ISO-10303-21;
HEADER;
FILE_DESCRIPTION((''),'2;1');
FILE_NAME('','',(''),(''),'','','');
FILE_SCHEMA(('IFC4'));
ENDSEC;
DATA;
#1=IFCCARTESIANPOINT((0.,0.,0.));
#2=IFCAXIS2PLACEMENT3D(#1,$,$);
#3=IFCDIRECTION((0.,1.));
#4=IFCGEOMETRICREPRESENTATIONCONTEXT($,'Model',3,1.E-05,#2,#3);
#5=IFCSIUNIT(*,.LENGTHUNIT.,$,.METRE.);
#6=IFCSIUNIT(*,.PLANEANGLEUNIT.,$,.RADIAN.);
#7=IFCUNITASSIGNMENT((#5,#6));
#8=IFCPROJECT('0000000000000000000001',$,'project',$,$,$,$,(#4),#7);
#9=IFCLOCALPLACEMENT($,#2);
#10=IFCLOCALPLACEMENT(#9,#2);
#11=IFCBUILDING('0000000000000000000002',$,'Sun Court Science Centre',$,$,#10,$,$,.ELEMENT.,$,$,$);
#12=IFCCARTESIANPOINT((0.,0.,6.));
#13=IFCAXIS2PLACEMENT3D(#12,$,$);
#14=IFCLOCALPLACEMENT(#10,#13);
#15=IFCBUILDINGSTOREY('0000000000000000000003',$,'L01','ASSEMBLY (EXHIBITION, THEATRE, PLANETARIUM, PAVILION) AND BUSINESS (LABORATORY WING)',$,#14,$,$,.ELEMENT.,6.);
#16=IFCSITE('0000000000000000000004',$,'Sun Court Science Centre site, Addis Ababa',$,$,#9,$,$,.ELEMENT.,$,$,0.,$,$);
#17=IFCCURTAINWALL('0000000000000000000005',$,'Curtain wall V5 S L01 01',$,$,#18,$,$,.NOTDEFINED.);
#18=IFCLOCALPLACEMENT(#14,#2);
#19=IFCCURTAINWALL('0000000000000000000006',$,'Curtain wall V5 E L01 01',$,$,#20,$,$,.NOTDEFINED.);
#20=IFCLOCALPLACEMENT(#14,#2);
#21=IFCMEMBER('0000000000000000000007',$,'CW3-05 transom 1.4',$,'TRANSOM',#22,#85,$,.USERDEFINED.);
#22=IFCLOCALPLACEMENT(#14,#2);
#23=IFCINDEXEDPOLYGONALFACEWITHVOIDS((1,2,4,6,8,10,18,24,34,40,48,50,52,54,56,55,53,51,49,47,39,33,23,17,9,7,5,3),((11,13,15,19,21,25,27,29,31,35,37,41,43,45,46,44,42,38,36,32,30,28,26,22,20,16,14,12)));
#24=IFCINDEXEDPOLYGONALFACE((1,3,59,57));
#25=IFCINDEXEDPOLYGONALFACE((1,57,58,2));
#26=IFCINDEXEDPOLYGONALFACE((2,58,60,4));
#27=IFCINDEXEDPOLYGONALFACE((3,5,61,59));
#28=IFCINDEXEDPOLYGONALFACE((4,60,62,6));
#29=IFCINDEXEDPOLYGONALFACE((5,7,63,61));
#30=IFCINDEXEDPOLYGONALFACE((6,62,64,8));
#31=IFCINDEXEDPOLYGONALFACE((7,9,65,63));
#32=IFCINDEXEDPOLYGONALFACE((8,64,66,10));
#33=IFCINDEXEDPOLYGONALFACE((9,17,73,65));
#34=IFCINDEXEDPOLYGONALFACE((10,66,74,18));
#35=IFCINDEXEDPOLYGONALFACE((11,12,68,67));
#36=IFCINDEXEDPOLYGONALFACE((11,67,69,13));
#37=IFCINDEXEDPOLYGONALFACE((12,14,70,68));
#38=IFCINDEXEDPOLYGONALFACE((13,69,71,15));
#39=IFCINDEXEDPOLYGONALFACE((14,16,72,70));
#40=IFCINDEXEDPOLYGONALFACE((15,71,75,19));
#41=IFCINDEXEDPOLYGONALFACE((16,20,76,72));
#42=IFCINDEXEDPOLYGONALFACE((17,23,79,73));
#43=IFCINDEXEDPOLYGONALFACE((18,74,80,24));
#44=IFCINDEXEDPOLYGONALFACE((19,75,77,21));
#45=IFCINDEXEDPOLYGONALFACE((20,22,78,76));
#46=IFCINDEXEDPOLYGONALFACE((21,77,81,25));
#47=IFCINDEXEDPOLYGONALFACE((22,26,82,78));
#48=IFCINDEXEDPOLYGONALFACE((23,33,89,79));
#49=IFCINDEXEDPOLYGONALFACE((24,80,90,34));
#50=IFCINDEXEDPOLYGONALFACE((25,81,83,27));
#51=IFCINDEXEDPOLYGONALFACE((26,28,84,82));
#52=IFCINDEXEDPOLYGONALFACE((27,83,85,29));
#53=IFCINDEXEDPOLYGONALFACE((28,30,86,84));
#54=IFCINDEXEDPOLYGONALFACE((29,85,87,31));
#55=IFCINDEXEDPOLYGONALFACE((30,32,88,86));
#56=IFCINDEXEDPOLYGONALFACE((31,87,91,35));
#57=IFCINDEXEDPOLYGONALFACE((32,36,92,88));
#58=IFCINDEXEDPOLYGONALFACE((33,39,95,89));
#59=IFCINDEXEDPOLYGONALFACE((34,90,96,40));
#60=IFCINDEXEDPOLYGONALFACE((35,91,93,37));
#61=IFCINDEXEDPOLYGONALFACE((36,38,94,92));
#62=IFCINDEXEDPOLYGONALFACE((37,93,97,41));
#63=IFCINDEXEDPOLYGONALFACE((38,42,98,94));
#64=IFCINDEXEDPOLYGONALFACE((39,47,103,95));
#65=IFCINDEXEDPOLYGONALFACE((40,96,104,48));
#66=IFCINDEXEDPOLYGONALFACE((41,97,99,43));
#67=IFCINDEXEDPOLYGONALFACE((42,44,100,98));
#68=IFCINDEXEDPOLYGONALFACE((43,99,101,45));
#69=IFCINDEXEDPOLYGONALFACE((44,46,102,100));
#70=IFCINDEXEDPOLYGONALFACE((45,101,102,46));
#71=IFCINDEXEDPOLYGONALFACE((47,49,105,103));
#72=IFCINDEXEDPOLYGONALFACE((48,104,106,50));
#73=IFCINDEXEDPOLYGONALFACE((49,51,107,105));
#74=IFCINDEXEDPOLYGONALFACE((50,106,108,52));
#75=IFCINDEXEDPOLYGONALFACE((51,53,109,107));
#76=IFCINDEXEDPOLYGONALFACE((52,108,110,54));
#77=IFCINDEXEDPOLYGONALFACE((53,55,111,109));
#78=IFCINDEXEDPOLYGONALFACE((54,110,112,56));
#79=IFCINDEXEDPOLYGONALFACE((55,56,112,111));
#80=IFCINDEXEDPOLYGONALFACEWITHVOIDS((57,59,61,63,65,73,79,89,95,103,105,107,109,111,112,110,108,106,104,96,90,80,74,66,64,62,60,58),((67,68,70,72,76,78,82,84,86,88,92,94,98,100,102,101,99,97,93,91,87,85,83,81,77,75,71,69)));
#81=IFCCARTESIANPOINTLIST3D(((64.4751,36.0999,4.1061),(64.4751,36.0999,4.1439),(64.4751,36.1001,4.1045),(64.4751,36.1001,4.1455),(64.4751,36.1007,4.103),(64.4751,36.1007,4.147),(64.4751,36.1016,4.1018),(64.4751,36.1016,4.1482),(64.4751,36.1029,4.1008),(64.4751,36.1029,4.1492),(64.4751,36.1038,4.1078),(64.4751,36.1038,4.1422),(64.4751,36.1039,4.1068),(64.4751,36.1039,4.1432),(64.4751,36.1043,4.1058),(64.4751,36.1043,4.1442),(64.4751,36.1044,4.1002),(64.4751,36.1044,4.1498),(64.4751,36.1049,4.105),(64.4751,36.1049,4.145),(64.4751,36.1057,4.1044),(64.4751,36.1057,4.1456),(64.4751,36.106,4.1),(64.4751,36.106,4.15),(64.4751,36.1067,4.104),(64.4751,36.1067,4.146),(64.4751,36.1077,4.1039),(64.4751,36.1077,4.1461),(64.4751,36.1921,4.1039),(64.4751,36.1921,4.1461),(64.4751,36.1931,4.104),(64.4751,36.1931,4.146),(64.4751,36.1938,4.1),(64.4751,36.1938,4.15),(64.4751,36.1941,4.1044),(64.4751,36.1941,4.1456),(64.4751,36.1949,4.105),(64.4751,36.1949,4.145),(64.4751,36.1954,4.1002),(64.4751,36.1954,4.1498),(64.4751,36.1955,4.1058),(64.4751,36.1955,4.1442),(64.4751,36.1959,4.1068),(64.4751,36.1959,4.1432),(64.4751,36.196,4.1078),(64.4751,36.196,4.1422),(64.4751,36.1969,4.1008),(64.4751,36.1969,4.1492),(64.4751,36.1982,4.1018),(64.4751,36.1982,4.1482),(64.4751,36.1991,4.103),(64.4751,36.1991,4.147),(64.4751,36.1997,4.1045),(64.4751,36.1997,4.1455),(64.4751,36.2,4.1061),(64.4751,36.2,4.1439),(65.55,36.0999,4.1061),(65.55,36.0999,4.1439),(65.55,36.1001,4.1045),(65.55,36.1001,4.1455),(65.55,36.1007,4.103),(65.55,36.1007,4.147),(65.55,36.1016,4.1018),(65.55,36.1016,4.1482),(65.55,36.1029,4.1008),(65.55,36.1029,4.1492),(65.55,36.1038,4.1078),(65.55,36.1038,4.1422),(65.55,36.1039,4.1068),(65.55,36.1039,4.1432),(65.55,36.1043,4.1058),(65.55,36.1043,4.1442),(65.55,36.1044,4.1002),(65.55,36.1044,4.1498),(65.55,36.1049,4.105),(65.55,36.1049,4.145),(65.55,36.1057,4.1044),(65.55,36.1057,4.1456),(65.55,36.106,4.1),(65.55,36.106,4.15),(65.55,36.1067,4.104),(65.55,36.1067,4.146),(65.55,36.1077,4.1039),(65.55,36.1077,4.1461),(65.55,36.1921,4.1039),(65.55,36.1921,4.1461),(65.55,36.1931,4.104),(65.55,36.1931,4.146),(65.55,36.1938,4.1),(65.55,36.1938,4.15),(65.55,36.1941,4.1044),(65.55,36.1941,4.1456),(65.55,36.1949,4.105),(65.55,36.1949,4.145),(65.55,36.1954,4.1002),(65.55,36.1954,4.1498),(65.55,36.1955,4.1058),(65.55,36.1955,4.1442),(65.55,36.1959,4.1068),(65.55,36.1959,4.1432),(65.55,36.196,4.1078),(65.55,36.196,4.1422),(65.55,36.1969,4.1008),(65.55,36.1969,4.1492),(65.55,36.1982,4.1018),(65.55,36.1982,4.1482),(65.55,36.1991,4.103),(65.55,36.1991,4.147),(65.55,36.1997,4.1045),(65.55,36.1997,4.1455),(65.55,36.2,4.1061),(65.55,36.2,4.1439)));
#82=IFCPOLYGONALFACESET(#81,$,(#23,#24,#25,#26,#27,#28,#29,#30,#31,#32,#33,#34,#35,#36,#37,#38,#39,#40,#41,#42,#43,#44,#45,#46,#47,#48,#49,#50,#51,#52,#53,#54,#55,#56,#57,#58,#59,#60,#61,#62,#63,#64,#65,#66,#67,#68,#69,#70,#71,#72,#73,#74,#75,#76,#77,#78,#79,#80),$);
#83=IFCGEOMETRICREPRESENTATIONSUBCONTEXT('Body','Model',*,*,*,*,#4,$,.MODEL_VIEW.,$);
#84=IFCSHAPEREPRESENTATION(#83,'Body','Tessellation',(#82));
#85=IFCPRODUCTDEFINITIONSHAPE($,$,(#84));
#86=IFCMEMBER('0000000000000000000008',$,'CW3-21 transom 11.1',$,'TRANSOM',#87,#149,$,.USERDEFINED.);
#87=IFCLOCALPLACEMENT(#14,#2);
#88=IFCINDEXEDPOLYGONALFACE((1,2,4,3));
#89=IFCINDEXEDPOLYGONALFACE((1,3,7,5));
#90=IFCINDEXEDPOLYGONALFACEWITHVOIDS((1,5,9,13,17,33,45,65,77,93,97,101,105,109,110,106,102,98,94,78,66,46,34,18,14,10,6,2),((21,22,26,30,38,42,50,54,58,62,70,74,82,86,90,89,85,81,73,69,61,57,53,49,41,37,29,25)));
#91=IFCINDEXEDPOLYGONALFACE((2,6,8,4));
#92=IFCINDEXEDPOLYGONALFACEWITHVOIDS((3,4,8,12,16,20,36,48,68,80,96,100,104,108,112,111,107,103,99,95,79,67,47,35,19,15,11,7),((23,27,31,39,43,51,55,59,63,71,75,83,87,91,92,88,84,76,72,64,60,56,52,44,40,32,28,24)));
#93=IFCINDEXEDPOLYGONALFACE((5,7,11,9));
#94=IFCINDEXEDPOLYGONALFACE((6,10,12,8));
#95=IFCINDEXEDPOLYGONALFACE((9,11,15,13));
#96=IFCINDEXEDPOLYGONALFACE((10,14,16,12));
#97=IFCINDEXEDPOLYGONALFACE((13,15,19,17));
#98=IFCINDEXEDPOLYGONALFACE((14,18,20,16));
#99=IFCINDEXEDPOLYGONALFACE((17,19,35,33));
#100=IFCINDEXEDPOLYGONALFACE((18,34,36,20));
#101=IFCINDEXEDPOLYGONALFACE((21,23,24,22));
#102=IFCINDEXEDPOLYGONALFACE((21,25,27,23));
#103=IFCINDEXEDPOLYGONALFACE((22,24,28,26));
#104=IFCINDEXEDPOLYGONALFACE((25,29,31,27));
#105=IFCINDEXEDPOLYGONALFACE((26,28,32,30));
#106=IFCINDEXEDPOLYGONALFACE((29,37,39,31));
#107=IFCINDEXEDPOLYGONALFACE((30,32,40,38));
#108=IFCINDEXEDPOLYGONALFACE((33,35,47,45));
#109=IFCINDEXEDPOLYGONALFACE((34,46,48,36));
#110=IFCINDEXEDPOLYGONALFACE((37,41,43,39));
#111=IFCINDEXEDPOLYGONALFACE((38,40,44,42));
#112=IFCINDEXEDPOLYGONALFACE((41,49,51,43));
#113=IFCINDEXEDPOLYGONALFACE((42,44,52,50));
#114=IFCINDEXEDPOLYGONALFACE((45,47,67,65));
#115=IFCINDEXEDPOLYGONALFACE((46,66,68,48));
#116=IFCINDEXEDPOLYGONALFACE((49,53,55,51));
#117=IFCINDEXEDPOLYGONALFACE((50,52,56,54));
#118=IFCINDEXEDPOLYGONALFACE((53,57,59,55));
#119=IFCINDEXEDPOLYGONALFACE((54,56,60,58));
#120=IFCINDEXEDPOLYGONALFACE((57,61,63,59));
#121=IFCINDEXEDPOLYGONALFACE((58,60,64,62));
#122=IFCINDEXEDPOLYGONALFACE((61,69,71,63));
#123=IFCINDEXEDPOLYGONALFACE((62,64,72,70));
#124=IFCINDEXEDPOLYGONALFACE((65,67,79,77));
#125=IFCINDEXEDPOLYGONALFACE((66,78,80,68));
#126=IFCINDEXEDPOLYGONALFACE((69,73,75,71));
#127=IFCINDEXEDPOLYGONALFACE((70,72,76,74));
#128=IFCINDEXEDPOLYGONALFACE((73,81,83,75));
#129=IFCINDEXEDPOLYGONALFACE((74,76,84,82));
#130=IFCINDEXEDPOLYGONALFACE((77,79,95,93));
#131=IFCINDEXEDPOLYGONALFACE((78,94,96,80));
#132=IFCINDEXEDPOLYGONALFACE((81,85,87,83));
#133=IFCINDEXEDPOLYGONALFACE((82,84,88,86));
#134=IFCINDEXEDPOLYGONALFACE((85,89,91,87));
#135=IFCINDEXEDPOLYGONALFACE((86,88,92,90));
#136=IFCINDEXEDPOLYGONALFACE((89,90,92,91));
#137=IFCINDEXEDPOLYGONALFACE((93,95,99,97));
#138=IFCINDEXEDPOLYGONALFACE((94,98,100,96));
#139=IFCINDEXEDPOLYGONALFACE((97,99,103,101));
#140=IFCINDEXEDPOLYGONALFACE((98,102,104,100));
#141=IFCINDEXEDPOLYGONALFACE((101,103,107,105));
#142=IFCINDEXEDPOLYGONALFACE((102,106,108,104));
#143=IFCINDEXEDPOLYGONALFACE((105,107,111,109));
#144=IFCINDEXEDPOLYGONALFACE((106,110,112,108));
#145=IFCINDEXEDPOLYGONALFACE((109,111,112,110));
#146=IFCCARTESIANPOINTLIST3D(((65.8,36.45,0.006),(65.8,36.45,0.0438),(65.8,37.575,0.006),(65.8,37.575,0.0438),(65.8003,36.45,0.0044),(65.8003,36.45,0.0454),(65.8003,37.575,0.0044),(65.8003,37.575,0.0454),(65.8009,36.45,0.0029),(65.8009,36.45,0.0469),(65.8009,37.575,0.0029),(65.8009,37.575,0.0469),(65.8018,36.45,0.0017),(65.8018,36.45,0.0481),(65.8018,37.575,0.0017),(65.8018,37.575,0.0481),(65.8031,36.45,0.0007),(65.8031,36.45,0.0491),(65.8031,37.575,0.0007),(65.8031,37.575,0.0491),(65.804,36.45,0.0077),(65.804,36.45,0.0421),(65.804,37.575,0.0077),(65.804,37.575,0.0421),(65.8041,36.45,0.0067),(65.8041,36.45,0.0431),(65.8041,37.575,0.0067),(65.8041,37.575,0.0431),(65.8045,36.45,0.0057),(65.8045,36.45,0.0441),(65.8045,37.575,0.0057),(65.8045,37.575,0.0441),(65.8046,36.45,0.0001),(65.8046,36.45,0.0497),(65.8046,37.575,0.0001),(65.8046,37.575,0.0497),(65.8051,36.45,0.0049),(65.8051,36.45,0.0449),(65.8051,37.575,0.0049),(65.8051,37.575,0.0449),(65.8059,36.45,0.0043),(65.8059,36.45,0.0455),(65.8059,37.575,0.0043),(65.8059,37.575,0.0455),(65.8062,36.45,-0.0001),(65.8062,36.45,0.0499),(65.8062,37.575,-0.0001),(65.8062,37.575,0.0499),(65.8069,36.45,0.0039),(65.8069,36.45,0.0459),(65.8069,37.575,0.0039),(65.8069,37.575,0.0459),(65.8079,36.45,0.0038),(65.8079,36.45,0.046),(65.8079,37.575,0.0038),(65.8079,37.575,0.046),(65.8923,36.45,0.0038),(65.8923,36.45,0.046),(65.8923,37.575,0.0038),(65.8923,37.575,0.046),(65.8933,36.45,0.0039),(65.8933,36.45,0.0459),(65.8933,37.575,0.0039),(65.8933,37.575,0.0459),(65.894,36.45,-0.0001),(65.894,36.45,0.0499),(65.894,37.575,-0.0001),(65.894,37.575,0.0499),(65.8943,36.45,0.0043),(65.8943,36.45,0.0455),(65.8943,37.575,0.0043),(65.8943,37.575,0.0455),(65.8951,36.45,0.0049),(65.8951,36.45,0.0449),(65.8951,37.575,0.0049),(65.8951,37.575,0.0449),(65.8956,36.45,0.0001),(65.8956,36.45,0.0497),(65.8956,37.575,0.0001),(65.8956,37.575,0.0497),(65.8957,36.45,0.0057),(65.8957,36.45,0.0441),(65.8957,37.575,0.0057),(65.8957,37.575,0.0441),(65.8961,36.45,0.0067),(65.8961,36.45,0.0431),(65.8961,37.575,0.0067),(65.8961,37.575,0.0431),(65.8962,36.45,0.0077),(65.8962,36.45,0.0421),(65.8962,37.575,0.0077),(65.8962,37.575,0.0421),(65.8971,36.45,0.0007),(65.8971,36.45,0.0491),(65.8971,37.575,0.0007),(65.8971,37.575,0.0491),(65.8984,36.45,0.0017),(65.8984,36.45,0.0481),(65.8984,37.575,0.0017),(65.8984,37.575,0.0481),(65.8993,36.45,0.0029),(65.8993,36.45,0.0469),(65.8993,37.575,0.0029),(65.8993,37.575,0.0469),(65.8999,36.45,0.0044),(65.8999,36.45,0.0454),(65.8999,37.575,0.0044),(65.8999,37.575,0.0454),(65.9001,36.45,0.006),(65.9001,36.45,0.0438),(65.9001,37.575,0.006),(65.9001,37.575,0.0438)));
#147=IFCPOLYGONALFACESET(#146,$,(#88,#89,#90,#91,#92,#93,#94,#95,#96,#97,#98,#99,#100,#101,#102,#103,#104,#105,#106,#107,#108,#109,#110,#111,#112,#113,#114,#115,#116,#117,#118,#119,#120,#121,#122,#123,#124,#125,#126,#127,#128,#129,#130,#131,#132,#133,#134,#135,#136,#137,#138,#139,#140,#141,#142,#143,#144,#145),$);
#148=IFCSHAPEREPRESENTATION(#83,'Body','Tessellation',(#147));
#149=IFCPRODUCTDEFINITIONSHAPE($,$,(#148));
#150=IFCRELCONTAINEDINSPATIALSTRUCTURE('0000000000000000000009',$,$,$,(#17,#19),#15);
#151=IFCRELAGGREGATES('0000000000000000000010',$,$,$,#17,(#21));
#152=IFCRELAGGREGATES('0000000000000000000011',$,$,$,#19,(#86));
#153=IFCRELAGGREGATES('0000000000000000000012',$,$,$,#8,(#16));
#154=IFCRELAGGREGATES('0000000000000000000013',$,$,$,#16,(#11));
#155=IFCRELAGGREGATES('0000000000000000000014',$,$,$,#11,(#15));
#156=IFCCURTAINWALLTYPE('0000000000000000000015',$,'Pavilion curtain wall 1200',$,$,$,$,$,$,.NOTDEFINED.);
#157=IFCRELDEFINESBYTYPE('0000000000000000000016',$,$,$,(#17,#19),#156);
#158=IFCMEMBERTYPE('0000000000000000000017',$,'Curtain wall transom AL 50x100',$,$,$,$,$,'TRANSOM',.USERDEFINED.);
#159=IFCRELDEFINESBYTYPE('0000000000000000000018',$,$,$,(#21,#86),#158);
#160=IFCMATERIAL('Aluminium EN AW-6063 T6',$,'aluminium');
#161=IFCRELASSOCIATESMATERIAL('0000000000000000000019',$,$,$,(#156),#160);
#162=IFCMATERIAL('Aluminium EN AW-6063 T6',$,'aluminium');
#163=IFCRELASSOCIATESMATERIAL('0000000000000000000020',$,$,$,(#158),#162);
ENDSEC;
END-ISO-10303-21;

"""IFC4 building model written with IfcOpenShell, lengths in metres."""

from ifc_helpers import new_model, si_unit, direction, frame, origin, origin_2d, place, context, subcontext, project, spatial, hollow_rectangle, extrude, material, material_profile, profile_set, type_object, element, aggregate, save


model = new_model("IFC4")

# Units and contexts
model_context = context("Model", 3, precision=1e-05, world=origin(), true_north=direction((0.0, 1.0)))
body_context = subcontext(model_context, "Body", "Model", "MODEL_VIEW")
ifc_project = project(units=[si_unit("LENGTHUNIT", "METRE"), si_unit("PLANEANGLEUNIT", "RADIAN")], contexts=[model_context])

# Site, building, storey
site_placement = place(None, origin())
site = spatial("IfcSite", under=ifc_project, at=site_placement, Name="Sun Court Science Centre site, Addis Ababa", CompositionType="ELEMENT", RefElevation=0.0)
building_placement = place(site_placement, origin())
building = spatial("IfcBuilding", under=site, at=building_placement, Name="Sun Court Science Centre", CompositionType="ELEMENT")
storey_placement = place(building_placement, frame((0.0, 0.0, 6.0)))
storey = spatial("IfcBuildingStorey", under=building, at=storey_placement, Name="L01", Description="ASSEMBLY (EXHIBITION, THEATRE, PLANETARIUM, PAVILION) AND BUSINESS (LABORATORY WING)", CompositionType="ELEMENT", Elevation=6.0)

# Curtain wall
ifc_material_1 = material(Name="Aluminium EN AW-6063 T6", Category="aluminium")
curtain_wall_type = type_object("IfcCurtainWallType", Name="Pavilion curtain wall 1200", PredefinedType="NOTDEFINED", material=ifc_material_1)
curtain_wall_1_placement = place(storey_placement, origin())
curtain_wall_1 = element("IfcCurtainWall", 1, at=curtain_wall_1_placement, inside=storey, type_object=curtain_wall_type, Name="Curtain wall V5 S L01 01", PredefinedType="NOTDEFINED")

# Curtain wall
curtain_wall_2_placement = place(storey_placement, origin())
curtain_wall_2 = element("IfcCurtainWall", 2, at=curtain_wall_2_placement, inside=storey, type_object=curtain_wall_type, Name="Curtain wall V5 E L01 01", PredefinedType="NOTDEFINED")

# Members
ifc_material_2 = material(Name="Aluminium EN AW-6063 T6", Category="aluminium")
ifc_material_profile_1 = material_profile(ifc_material_2, hollow_rectangle(XDim=0.05, YDim=0.1001, WallThickness=0.0039, InnerFilletRadius=0.0039, OuterFilletRadius=0.0061, at=origin_2d()), Name="AL 50x100x4")
ifc_profile_set_1 = profile_set([ifc_material_profile_1], Name="Aluminium EN AW-6063 T6")
member_type_1 = type_object("IfcMemberType", Name="Curtain wall transom AL 50x100", ElementType="TRANSOM", PredefinedType="USERDEFINED", material=ifc_profile_set_1)
member_1_placement = place(storey_placement, frame((65.55, 36.1499, 4.125), z_axis=(-1.0, 0.0, 0.0), x_axis=(0.0, 0.0, 1.0)))
member_1 = element("IfcMember", 3, at=member_1_placement, type_object=member_type_1, Name="CW3-05 transom 1.4", ObjectType="TRANSOM", PredefinedType="USERDEFINED", context=body_context, shape_type="SweptSolid", body=[
    extrude(hollow_rectangle(XDim=0.05, YDim=0.1001, WallThickness=0.0039, InnerFilletRadius=0.0039, OuterFilletRadius=0.0061, at=origin_2d()), origin(), (0.0, 0.0, 1.0), 1.075),
])
member_2_placement = place(storey_placement, frame((65.8501, 37.575, 0.0249), z_axis=(0.0, -1.0, 0.0), x_axis=(0.0, 0.0, 1.0)))
member_2 = element("IfcMember", 4, at=member_2_placement, type_object=member_type_1, Name="CW3-21 transom 11.1", ObjectType="TRANSOM", PredefinedType="USERDEFINED", context=body_context, shape_type="SweptSolid", body=[
    extrude(hollow_rectangle(XDim=0.05, YDim=0.1001, WallThickness=0.0039, InnerFilletRadius=0.0039, OuterFilletRadius=0.0061, at=origin_2d()), origin(), (0.0, 0.0, 1.0), 1.125),
])

aggregate(curtain_wall_1, [member_1])
aggregate(curtain_wall_2, [member_2])

save(model, "model.ifc")
